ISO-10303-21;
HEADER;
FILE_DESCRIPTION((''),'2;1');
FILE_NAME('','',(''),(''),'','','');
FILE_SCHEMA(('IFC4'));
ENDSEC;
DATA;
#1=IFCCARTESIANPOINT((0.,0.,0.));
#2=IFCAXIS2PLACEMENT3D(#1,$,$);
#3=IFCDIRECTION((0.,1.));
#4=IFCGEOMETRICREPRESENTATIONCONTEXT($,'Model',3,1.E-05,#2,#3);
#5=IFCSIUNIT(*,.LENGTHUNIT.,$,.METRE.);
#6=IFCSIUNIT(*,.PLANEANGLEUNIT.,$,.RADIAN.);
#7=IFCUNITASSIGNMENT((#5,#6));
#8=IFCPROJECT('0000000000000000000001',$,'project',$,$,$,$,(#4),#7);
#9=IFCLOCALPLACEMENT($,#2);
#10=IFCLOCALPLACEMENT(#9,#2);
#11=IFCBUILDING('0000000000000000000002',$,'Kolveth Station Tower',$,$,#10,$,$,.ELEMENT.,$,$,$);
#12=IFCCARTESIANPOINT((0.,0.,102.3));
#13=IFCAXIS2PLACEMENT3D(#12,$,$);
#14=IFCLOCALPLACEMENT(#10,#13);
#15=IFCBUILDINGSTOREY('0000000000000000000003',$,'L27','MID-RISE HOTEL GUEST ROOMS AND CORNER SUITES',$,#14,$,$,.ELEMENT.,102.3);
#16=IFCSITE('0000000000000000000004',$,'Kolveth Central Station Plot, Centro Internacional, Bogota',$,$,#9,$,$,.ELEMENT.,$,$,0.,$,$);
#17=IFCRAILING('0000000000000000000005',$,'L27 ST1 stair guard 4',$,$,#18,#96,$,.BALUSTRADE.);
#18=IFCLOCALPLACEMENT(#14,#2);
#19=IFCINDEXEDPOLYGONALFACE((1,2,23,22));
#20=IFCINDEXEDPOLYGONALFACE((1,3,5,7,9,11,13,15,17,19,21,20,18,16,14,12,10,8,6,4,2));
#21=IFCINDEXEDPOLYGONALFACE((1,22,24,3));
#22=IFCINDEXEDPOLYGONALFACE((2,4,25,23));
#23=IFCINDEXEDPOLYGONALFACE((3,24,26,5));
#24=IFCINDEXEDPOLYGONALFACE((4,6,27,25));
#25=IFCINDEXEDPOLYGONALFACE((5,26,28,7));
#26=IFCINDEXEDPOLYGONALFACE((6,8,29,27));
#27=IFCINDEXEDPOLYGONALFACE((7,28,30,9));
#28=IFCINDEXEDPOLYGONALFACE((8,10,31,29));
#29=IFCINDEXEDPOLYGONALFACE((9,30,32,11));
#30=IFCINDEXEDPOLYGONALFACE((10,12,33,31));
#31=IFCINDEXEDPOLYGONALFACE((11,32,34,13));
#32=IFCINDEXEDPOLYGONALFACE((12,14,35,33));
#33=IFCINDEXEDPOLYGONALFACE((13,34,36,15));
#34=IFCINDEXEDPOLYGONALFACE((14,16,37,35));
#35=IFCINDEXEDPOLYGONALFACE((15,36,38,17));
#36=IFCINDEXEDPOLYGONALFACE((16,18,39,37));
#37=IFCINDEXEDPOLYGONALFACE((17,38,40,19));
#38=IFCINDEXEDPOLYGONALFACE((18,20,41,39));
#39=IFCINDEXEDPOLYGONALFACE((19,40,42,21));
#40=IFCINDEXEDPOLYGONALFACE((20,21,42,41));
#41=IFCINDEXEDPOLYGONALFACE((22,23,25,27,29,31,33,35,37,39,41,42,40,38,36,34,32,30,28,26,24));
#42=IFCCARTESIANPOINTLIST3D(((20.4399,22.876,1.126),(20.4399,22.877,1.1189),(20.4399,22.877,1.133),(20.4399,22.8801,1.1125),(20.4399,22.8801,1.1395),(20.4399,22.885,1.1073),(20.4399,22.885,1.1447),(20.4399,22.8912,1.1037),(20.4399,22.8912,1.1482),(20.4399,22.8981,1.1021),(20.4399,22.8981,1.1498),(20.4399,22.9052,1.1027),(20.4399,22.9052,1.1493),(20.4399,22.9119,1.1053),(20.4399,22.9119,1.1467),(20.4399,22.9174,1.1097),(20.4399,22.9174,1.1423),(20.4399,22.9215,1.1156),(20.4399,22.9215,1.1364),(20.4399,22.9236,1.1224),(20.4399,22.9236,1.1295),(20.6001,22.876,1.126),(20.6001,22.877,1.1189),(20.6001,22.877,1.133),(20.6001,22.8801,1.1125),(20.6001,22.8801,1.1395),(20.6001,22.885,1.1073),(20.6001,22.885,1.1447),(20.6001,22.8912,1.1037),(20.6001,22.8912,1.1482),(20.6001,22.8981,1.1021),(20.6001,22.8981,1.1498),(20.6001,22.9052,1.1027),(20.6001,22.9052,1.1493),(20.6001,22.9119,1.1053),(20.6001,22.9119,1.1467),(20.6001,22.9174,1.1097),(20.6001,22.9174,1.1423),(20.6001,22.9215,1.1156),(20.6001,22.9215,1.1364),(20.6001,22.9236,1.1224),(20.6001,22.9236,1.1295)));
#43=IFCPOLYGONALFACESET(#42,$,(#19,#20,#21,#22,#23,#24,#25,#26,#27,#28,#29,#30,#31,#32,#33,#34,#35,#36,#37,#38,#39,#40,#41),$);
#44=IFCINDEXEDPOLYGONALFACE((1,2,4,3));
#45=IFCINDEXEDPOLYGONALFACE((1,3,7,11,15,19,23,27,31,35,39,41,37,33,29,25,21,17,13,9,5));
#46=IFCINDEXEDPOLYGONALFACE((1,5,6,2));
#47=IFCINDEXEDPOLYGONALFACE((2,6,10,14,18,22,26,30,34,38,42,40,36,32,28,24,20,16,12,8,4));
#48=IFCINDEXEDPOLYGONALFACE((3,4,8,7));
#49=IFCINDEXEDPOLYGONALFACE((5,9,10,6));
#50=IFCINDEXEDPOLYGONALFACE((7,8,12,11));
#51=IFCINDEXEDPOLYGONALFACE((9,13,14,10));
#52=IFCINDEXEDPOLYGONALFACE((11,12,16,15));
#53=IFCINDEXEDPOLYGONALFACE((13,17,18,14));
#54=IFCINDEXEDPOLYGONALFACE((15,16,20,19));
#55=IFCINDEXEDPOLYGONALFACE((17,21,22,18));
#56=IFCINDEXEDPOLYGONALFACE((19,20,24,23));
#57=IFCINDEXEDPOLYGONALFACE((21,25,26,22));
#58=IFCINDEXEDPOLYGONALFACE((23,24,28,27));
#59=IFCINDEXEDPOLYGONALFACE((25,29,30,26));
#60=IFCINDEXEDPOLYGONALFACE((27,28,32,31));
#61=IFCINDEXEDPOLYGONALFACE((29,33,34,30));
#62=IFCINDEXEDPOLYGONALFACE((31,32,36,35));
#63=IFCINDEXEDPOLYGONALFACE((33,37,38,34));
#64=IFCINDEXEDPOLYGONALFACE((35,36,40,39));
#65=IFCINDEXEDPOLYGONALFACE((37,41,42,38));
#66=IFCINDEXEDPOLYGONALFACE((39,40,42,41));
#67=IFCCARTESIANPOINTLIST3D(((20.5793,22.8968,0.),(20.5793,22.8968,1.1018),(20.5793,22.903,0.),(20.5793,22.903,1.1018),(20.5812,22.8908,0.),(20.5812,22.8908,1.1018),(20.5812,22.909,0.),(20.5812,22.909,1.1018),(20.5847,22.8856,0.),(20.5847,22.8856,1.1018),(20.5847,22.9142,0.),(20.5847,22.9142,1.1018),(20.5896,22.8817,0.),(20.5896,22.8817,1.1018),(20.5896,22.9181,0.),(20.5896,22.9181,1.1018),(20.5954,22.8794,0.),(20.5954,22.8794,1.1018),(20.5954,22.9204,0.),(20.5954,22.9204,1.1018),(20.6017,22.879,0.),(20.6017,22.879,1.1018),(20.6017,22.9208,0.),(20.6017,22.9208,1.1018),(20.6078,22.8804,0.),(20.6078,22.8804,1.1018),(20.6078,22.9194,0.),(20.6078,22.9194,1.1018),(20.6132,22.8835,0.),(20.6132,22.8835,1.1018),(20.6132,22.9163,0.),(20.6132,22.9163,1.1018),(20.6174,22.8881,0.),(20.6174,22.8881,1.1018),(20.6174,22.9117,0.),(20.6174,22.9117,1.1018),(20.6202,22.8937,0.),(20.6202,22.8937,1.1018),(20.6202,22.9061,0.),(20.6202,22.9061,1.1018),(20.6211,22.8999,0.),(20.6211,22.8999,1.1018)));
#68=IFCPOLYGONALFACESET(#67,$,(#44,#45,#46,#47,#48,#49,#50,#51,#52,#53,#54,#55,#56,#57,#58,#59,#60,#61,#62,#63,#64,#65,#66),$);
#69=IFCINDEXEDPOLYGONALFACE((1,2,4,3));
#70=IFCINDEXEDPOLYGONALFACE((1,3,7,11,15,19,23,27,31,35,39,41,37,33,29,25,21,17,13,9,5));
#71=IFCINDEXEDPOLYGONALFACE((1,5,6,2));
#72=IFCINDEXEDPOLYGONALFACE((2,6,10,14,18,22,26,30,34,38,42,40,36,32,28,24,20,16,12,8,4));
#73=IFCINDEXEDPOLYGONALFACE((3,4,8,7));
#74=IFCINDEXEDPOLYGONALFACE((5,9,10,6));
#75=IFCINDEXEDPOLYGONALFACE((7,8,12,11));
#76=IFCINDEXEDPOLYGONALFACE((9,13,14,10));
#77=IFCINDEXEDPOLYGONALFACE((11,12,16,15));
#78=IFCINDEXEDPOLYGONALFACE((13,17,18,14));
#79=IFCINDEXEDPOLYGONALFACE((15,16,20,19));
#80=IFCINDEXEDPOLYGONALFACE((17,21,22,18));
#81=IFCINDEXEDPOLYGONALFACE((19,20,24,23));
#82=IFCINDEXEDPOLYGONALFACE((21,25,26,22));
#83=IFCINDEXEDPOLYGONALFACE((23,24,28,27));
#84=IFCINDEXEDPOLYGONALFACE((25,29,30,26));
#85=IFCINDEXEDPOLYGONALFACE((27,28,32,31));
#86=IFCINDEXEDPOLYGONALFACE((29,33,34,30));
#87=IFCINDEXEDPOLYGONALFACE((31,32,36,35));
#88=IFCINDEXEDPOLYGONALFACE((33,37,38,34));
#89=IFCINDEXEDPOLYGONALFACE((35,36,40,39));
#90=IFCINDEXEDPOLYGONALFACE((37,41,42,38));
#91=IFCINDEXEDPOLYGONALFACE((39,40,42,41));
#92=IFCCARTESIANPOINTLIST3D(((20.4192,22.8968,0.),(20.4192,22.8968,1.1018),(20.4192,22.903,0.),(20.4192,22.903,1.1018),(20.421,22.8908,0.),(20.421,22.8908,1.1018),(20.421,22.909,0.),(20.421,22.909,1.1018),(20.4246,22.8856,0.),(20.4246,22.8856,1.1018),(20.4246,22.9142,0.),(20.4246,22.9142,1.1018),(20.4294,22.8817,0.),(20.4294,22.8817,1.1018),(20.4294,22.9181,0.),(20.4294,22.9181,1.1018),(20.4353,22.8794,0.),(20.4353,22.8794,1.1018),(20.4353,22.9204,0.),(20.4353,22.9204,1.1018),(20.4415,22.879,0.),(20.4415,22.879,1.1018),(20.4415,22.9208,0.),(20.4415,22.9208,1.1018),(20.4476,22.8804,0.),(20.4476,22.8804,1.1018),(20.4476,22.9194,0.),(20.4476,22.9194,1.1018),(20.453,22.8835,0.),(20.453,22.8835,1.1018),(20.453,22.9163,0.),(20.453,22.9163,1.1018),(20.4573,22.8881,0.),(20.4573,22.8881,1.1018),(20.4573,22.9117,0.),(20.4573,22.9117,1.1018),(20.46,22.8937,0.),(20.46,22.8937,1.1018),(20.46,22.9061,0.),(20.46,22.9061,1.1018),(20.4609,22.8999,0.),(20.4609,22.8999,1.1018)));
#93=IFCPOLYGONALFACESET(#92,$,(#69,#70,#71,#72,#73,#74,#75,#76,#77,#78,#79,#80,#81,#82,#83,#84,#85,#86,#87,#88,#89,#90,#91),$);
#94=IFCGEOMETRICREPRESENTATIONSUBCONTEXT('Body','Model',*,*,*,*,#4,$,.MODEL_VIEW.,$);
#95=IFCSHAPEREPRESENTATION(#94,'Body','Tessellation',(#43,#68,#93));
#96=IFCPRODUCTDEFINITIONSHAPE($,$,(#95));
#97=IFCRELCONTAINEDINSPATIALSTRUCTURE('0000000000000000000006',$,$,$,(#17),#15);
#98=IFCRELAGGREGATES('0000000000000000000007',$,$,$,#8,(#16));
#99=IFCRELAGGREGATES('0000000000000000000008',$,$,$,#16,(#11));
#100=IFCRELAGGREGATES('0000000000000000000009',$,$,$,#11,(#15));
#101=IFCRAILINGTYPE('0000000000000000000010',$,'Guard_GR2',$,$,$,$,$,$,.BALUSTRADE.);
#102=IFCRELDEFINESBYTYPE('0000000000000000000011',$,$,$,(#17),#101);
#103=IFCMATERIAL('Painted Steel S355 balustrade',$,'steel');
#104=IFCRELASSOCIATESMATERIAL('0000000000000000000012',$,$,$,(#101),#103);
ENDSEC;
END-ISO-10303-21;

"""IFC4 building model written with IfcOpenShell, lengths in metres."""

from ifc_helpers import new_model, si_unit, direction, frame, origin, origin_2d, place, context, subcontext, project, spatial, circle, extrude, material, type_object, element, save


model = new_model("IFC4")

# Units and contexts
model_context = context("Model", 3, precision=1e-05, world=origin(), true_north=direction((0.0, 1.0)))
body_context = subcontext(model_context, "Body", "Model", "MODEL_VIEW")
ifc_project = project(units=[si_unit("LENGTHUNIT", "METRE"), si_unit("PLANEANGLEUNIT", "RADIAN")], contexts=[model_context])

# Site, building, storey
site_placement = place(None, origin())
site = spatial("IfcSite", under=ifc_project, at=site_placement, Name="Kolveth Central Station Plot, Centro Internacional, Bogota", CompositionType="ELEMENT", RefElevation=0.0)
building_placement = place(site_placement, origin())
building = spatial("IfcBuilding", under=site, at=building_placement, Name="Kolveth Station Tower", CompositionType="ELEMENT")
storey_placement = place(building_placement, frame((0.0, 0.0, 102.3)))
storey = spatial("IfcBuildingStorey", under=building, at=storey_placement, Name="L27", Description="MID-RISE HOTEL GUEST ROOMS AND CORNER SUITES", CompositionType="ELEMENT", Elevation=102.3)

# Railing
ifc_material_1 = material(Name="Painted Steel S355 balustrade", Category="steel")
railing_type_1 = type_object("IfcRailingType", Name="Guard_GR2", PredefinedType="BALUSTRADE", material=ifc_material_1)
railing_1_placement = place(storey_placement, frame((20.6001, 22.8999, 0.0)))
element("IfcRailing", 1, at=railing_1_placement, inside=storey, type_object=railing_type_1, Name="L27 ST1 stair guard 4", PredefinedType="BALUSTRADE", context=body_context, shape_type="SweptSolid", body=[
    extrude(circle(Radius=0.0239, at=origin_2d()), frame((0.0, 0.0, 1.126), z_axis=(-1.0, 0.0, 0.0), x_axis=(0.0, -1.0, 0.0)), (0.0, 0.0, 1.0), 0.1602),
    extrude(circle(Radius=0.021, at=origin_2d()), origin(), (0.0, 0.0, 1.0), 1.1018),
    extrude(circle(Radius=0.021, at=origin_2d()), frame((-0.1602, 0.0, 0.0)), (0.0, 0.0, 1.0), 1.1018),
])

save(model, "model.ifc")
